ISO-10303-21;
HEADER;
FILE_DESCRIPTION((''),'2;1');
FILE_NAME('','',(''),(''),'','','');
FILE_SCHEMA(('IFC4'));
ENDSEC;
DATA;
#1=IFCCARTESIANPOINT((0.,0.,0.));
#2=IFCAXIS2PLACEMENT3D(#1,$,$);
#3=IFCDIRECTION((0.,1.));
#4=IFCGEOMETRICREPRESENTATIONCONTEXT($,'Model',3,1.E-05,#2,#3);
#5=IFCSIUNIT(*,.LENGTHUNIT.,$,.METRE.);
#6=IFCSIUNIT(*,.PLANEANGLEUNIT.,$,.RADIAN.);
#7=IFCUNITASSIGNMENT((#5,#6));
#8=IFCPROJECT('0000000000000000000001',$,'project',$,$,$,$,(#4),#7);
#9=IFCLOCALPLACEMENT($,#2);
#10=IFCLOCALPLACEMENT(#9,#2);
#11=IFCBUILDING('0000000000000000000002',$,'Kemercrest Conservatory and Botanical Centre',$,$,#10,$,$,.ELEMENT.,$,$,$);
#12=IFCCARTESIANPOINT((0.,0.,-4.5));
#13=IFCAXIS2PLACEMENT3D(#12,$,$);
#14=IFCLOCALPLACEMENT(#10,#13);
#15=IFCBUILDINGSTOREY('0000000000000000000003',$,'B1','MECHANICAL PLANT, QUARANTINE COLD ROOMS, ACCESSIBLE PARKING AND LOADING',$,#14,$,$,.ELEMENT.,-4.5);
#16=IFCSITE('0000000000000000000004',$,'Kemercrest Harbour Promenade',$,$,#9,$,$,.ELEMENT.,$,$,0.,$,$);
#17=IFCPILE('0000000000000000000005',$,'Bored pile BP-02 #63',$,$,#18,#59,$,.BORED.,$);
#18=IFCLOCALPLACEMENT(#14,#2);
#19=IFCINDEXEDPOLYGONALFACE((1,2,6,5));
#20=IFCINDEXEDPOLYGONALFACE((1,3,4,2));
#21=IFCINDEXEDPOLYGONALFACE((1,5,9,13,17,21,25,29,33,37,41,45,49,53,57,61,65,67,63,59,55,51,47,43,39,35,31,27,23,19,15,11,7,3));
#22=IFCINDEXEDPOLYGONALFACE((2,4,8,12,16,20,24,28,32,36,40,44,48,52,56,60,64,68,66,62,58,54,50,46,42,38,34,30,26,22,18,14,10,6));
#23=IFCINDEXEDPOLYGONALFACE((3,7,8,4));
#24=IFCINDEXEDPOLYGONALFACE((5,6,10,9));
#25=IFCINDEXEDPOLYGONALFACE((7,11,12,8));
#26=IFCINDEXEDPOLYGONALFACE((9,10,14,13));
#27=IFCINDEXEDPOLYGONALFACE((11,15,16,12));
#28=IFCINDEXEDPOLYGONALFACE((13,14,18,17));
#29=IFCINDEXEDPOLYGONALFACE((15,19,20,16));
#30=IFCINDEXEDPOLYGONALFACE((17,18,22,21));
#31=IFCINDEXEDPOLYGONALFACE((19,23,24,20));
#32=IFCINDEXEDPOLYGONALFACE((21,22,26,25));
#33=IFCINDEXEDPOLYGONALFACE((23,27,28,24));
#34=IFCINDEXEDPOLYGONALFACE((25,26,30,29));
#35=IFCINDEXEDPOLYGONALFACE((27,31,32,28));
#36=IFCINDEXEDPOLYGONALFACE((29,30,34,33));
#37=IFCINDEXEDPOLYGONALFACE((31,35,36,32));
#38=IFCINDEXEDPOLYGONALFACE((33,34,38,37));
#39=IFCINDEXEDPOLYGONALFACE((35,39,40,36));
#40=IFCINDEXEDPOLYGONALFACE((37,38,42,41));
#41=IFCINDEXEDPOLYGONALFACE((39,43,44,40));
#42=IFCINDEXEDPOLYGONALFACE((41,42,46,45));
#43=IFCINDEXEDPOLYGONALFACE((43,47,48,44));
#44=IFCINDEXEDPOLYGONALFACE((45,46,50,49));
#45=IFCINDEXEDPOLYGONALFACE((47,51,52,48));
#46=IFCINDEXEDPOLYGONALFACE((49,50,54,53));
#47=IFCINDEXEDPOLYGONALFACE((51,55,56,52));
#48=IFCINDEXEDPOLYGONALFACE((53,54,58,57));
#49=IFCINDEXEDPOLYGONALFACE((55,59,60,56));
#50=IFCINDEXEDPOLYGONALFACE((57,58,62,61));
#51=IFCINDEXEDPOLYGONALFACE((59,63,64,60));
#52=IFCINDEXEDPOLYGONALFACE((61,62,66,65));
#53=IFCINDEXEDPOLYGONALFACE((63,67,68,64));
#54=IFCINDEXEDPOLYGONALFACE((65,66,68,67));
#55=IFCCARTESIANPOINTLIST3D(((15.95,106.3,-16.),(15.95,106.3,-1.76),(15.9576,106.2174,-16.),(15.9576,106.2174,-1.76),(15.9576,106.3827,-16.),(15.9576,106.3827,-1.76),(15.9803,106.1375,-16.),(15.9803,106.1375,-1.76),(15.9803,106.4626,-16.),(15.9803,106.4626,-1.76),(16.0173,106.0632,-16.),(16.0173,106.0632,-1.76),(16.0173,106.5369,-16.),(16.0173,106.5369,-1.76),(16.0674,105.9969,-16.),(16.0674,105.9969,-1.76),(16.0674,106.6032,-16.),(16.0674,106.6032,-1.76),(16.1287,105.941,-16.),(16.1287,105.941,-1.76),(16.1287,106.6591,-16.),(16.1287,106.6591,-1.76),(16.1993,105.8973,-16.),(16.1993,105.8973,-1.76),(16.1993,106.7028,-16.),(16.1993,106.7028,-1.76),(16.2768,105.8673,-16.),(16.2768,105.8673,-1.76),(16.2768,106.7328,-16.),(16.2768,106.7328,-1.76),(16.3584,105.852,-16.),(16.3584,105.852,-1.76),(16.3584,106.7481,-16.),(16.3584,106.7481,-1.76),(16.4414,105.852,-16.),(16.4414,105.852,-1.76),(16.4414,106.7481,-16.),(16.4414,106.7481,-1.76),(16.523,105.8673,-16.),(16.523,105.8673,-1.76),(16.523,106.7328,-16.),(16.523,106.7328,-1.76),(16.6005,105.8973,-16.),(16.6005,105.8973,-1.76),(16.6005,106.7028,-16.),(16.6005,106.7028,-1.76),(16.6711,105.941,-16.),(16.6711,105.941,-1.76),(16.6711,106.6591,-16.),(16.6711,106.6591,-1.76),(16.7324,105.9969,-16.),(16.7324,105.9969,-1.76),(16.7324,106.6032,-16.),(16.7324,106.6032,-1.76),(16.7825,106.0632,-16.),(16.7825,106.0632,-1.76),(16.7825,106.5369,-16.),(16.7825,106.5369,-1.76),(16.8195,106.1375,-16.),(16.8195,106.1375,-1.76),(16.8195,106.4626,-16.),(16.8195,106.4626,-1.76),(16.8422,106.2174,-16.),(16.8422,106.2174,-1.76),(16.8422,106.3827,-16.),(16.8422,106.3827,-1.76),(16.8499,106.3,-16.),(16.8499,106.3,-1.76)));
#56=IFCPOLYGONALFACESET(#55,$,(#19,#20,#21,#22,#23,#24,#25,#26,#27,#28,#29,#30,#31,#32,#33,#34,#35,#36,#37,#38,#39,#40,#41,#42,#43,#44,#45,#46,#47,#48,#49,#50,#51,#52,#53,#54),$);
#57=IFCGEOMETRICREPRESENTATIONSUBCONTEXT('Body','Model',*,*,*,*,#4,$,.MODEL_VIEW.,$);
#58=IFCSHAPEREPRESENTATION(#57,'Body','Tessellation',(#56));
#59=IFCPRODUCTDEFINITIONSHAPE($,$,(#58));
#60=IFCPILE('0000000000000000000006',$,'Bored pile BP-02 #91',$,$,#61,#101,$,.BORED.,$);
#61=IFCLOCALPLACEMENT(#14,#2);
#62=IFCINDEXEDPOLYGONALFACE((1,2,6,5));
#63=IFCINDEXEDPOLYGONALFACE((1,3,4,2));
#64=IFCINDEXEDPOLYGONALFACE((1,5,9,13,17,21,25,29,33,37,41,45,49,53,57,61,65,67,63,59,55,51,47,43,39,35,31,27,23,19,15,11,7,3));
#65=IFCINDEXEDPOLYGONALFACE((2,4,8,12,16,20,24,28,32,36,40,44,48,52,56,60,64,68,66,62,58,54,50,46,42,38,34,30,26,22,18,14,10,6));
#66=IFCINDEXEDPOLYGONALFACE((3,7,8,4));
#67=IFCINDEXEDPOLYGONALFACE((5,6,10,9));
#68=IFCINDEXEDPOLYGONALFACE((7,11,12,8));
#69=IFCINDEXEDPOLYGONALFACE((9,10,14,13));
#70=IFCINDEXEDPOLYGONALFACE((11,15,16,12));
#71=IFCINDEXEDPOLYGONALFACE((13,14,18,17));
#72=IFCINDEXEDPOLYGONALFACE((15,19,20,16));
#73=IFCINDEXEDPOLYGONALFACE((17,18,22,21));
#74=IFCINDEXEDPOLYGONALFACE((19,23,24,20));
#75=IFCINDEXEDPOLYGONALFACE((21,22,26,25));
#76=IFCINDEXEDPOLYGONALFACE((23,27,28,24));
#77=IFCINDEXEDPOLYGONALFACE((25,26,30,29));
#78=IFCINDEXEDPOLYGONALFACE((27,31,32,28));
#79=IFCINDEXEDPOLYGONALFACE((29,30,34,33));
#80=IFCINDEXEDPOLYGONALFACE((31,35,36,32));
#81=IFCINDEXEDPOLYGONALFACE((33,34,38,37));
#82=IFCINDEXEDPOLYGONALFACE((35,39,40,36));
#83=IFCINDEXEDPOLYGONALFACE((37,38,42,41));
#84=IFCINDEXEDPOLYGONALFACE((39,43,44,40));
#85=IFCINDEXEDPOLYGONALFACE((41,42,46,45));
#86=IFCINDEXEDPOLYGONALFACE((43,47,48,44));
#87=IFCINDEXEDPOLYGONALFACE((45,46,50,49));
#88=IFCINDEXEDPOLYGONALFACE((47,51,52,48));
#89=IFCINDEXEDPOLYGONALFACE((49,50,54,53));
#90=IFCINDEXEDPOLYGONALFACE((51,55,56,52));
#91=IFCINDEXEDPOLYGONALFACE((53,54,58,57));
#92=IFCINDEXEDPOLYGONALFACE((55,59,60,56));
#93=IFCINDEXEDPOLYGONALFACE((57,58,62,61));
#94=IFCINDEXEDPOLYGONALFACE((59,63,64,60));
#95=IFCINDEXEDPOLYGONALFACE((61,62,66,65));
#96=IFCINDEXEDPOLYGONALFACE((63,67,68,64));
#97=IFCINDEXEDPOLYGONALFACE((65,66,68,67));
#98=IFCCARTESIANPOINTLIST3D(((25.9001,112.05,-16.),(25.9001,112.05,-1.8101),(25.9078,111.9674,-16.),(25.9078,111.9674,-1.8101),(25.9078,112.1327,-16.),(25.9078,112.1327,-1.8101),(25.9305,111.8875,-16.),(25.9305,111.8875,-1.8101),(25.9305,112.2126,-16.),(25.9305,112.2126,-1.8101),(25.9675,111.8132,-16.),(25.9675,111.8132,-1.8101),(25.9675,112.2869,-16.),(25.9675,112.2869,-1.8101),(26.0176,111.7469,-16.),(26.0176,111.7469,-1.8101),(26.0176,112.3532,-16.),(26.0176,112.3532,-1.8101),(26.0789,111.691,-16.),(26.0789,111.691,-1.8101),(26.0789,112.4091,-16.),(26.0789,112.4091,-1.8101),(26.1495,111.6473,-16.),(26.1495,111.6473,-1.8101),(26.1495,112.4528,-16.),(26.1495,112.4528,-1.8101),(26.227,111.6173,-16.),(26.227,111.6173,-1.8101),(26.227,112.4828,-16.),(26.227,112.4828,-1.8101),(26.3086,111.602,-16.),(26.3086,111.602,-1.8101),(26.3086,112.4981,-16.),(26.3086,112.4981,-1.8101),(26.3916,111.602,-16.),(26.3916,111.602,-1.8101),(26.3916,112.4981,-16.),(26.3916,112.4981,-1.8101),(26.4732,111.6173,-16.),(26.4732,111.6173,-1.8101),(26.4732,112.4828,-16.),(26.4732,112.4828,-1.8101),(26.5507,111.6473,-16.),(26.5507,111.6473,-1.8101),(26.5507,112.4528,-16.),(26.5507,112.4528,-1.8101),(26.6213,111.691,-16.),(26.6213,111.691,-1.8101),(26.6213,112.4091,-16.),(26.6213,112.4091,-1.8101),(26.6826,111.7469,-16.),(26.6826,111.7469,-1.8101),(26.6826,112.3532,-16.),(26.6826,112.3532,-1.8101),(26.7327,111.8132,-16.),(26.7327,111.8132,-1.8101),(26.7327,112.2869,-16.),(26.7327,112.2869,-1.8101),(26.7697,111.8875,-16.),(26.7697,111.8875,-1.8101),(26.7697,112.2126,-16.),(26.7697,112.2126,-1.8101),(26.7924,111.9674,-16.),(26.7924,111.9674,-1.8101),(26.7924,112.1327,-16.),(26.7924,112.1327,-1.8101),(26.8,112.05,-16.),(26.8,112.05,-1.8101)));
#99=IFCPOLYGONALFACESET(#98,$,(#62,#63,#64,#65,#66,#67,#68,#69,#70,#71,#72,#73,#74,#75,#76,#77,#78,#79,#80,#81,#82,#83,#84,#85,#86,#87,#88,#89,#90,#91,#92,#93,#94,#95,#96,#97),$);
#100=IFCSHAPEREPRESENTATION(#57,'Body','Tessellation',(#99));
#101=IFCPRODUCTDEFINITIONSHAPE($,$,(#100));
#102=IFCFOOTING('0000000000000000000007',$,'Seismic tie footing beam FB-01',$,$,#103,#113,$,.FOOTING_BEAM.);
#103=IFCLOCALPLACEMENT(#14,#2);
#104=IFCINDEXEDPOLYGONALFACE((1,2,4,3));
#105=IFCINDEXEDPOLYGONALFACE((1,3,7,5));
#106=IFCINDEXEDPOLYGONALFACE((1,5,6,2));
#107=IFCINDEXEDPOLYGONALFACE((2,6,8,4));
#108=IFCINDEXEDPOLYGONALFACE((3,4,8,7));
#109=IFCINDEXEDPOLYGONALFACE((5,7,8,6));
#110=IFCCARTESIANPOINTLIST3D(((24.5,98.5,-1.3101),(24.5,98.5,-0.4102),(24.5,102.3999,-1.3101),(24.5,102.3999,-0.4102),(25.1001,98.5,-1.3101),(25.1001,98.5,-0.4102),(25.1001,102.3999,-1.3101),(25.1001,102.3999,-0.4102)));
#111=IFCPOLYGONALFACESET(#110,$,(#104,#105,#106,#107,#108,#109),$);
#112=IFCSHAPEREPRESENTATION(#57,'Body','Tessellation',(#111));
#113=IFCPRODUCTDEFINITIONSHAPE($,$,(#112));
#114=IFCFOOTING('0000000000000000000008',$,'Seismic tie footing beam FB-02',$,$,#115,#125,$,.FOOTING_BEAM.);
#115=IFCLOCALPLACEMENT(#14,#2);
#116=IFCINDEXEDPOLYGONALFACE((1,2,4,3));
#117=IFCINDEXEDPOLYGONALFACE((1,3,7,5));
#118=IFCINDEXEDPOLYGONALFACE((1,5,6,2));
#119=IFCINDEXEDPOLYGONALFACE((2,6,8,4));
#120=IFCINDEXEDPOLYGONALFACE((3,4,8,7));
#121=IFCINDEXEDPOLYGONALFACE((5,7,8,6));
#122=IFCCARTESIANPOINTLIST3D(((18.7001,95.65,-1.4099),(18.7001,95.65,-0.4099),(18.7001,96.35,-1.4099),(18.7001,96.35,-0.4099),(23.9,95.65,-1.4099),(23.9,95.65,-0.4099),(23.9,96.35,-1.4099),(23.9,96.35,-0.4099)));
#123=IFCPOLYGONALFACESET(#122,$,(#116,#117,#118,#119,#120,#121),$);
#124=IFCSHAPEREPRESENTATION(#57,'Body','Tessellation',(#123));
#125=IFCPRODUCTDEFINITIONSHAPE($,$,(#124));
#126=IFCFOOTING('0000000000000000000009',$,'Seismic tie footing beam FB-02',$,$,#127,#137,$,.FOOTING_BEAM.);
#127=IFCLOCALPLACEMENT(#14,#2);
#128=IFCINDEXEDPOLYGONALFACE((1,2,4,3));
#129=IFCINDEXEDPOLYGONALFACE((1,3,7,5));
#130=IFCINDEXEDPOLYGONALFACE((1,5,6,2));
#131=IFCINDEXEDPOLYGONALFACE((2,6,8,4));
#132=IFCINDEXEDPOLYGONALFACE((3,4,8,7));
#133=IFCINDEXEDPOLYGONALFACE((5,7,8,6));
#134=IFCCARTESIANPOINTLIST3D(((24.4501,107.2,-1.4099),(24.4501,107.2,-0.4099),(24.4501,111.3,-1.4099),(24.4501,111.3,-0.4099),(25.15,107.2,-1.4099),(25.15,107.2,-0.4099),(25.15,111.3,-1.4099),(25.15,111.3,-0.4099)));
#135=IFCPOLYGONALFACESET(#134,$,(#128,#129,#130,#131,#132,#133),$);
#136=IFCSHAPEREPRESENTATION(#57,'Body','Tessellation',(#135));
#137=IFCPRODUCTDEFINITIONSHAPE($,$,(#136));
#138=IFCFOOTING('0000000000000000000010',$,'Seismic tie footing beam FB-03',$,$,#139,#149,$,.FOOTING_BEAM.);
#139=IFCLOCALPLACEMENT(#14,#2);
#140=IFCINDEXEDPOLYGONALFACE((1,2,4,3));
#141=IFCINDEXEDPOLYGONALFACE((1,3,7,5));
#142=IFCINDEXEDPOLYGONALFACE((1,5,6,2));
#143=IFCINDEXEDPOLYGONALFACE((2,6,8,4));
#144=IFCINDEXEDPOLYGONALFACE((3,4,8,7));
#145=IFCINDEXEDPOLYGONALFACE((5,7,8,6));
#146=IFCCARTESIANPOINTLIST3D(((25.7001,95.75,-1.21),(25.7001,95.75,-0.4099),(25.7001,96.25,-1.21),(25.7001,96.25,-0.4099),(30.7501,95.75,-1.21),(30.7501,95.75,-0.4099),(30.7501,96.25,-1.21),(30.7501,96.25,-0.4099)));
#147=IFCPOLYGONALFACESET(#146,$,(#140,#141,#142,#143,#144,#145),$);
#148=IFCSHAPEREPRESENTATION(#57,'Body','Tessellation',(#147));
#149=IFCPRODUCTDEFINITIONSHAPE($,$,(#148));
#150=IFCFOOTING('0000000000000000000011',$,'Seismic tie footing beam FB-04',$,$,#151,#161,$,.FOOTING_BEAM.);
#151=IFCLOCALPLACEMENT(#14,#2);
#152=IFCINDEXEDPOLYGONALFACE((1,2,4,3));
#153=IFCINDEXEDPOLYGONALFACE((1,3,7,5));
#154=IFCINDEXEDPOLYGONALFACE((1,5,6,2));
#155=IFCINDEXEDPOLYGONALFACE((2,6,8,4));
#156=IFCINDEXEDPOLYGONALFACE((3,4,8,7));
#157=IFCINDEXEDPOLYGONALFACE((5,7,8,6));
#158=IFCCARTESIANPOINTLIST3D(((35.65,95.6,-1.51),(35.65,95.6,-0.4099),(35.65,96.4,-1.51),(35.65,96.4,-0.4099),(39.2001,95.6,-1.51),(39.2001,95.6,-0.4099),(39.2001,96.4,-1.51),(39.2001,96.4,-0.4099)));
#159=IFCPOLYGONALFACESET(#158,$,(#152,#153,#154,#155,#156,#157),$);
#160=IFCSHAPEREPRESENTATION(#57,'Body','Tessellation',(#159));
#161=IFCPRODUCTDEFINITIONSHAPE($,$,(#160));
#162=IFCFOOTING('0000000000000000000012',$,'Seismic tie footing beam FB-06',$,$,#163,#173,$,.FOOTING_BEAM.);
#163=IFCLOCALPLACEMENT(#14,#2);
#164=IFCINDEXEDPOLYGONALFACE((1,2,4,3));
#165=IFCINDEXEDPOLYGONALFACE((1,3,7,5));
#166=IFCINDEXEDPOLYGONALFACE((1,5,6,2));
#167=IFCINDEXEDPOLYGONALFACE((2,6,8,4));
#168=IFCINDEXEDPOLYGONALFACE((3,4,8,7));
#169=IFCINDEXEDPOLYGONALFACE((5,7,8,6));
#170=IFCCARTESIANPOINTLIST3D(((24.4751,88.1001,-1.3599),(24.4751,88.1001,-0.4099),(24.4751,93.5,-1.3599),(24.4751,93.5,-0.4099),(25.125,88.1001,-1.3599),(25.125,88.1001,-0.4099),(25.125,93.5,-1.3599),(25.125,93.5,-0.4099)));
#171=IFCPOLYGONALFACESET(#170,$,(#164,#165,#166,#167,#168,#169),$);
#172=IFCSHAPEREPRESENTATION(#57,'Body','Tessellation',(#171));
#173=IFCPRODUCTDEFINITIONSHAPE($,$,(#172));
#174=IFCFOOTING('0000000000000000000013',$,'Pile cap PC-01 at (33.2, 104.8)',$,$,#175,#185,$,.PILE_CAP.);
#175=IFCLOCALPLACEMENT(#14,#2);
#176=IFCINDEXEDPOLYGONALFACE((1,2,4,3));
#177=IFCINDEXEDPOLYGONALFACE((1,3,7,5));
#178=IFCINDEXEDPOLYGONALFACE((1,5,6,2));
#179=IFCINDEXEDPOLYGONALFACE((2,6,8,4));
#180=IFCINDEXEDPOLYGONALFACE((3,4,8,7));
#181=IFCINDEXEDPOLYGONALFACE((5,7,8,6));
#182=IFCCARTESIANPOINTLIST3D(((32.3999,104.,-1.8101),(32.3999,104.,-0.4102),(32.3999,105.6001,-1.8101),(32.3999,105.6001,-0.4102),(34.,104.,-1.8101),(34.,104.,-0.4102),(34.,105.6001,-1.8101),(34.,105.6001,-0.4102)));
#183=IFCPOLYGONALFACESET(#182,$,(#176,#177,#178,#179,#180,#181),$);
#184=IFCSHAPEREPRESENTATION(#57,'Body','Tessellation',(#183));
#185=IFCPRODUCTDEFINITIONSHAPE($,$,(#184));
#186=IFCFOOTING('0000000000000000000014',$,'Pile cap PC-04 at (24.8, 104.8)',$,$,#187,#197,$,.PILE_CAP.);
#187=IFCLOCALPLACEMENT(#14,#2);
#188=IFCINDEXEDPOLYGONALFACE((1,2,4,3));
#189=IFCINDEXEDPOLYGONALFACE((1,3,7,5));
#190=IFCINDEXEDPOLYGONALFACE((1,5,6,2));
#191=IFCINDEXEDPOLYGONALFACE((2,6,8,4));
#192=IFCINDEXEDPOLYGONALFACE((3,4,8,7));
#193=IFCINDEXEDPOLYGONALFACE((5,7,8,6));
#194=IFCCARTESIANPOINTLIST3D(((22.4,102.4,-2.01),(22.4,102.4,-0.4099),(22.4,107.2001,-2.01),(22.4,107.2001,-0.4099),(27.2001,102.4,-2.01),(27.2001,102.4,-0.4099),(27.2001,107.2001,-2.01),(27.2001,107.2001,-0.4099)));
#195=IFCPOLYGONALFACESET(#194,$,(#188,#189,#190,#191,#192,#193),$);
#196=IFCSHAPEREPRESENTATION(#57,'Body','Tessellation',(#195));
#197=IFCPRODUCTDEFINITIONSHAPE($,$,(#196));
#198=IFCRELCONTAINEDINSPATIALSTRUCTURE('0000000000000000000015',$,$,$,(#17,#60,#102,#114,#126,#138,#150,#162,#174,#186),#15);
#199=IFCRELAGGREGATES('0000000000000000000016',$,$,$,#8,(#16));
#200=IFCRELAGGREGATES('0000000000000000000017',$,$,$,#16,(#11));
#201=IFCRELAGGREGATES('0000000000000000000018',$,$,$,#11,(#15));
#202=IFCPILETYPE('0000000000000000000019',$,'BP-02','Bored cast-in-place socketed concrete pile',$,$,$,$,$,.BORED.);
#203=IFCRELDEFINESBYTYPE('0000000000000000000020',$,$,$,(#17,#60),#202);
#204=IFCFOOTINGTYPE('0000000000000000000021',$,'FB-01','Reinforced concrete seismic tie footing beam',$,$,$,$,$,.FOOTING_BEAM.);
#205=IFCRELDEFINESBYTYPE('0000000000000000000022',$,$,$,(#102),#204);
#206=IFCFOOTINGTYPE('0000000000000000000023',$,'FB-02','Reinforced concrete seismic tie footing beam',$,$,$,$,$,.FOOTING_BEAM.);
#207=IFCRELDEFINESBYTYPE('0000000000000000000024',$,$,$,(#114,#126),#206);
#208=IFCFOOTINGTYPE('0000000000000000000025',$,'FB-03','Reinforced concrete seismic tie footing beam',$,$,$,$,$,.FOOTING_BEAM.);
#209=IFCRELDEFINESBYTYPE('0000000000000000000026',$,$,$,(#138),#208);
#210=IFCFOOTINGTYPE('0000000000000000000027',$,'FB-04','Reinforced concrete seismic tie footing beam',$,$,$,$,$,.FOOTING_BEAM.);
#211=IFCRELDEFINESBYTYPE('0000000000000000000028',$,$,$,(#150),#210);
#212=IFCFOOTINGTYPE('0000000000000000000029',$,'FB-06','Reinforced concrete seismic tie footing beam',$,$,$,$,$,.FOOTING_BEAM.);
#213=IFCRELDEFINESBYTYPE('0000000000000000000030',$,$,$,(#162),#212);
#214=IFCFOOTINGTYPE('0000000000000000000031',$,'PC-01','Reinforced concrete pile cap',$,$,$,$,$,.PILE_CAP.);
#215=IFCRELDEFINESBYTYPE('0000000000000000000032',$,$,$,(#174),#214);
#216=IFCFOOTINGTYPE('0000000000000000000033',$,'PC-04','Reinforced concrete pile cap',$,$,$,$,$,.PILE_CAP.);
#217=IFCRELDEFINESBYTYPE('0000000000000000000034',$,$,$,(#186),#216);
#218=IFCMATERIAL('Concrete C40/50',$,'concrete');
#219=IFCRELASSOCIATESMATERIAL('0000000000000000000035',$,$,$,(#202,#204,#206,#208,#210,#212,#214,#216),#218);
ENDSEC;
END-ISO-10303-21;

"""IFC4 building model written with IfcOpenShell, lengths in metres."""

from ifc_helpers import new_model, si_unit, direction, frame, origin, origin_2d, place, context, subcontext, project, spatial, rectangle, circle, extrude, material, material_profile, profile_set, type_object, element, save


model = new_model("IFC4")

# Units and contexts
model_context = context("Model", 3, precision=1e-05, world=origin(), true_north=direction((0.0, 1.0)))
body_context = subcontext(model_context, "Body", "Model", "MODEL_VIEW")
ifc_project = project(units=[si_unit("LENGTHUNIT", "METRE"), si_unit("PLANEANGLEUNIT", "RADIAN")], contexts=[model_context])

# Site, building, storey
site_placement = place(None, origin())
site = spatial("IfcSite", under=ifc_project, at=site_placement, Name="Kemercrest Harbour Promenade", CompositionType="ELEMENT", RefElevation=0.0)
building_placement = place(site_placement, origin())
building = spatial("IfcBuilding", under=site, at=building_placement, Name="Kemercrest Conservatory and Botanical Centre", CompositionType="ELEMENT")
storey_placement = place(building_placement, frame((0.0, 0.0, -4.5)))
storey = spatial("IfcBuildingStorey", under=building, at=storey_placement, Name="B1", Description="MECHANICAL PLANT, QUARANTINE COLD ROOMS, ACCESSIBLE PARKING AND LOADING", CompositionType="ELEMENT", Elevation=-4.5)

# Piles
ifc_material_1 = material(Name="Concrete C40/50", Category="concrete")
ifc_material_profile_1 = material_profile(ifc_material_1, circle(Radius=0.45, at=origin_2d()), Name="BORED PILE 900")
ifc_profile_set_1 = profile_set([ifc_material_profile_1], Name="Concrete C40/50")
pile_type_1 = type_object("IfcPileType", Name="BP-02", Description="Bored cast-in-place socketed concrete pile", PredefinedType="BORED", material=ifc_profile_set_1)
for number, where, z_axis, x_axis, name in (
    (1, (16.3999, 106.3, -1.76), (0.0, 0.0, -1.0), (1.0, 0.0, 0.0), "Bored pile BP-02 #63"),
):
    element("IfcPile", number, at=place(storey_placement, frame(where, z_axis=z_axis, x_axis=x_axis)), inside=storey, type_object=pile_type_1, Name=name, PredefinedType="BORED", context=body_context, shape_type="SweptSolid", body=[
        extrude(circle(Radius=0.45, at=origin_2d()), origin(), (0.0, 0.0, 1.0), 14.24),
    ])
pile_1_placement = place(storey_placement, frame((26.3501, 112.05, -1.8101), z_axis=(0.0, 0.0, -1.0), x_axis=(1.0, 0.0, 0.0)))
element("IfcPile", 2, at=pile_1_placement, inside=storey, type_object=pile_type_1, Name="Bored pile BP-02 #91", PredefinedType="BORED", context=body_context, shape_type="SweptSolid", body=[
    extrude(circle(Radius=0.45, at=origin_2d()), origin(), (0.0, 0.0, 1.0), 14.1899),
])

# Footings
footing_type_1 = type_object("IfcFootingType", Name="FB-01", Description="Reinforced concrete seismic tie footing beam", PredefinedType="FOOTING_BEAM", material=ifc_material_1)
footing_1_placement = place(storey_placement, frame((24.8, 100.45, -1.3101), z_axis=(0.0, 0.0, 1.0), x_axis=(1.0, 0.0, 0.0)))
element("IfcFooting", 3, at=footing_1_placement, inside=storey, type_object=footing_type_1, Name="Seismic tie footing beam FB-01", PredefinedType="FOOTING_BEAM", context=body_context, shape_type="SweptSolid", body=[
    extrude(rectangle(XDim=0.6001, YDim=3.8999, at=origin_2d()), origin(), (0.0, 0.0, 1.0), 0.8999),
])
footing_type_2 = type_object("IfcFootingType", Name="FB-02", Description="Reinforced concrete seismic tie footing beam", PredefinedType="FOOTING_BEAM", material=ifc_material_1)
footing_2_placement = place(storey_placement, frame((21.3, 96.0, -1.4099), z_axis=(0.0, 0.0, 1.0), x_axis=(1.0, 0.0, 0.0)))
element("IfcFooting", 4, at=footing_2_placement, inside=storey, type_object=footing_type_2, Name="Seismic tie footing beam FB-02", PredefinedType="FOOTING_BEAM", context=body_context, shape_type="SweptSolid", body=[
    extrude(rectangle(XDim=5.2, YDim=0.7, at=origin_2d()), origin(), (0.0, 0.0, 1.0), 1.0),
])
footing_3_placement = place(storey_placement, frame((24.8, 109.25, -1.4099), z_axis=(0.0, 0.0, 1.0), x_axis=(1.0, 0.0, 0.0)))
element("IfcFooting", 5, at=footing_3_placement, inside=storey, type_object=footing_type_2, Name="Seismic tie footing beam FB-02", PredefinedType="FOOTING_BEAM", context=body_context, shape_type="SweptSolid", body=[
    extrude(rectangle(XDim=0.7, YDim=4.1001, at=origin_2d()), origin(), (0.0, 0.0, 1.0), 1.0),
])
footing_type_3 = type_object("IfcFootingType", Name="FB-03", Description="Reinforced concrete seismic tie footing beam", PredefinedType="FOOTING_BEAM", material=ifc_material_1)
footing_4_placement = place(storey_placement, frame((28.2251, 96.0, -1.21), z_axis=(0.0, 0.0, 1.0), x_axis=(1.0, 0.0, 0.0)))
element("IfcFooting", 6, at=footing_4_placement, inside=storey, type_object=footing_type_3, Name="Seismic tie footing beam FB-03", PredefinedType="FOOTING_BEAM", context=body_context, shape_type="SweptSolid", body=[
    extrude(rectangle(XDim=5.05, YDim=0.5, at=origin_2d()), origin(), (0.0, 0.0, 1.0), 0.8),
])
footing_type_4 = type_object("IfcFootingType", Name="FB-04", Description="Reinforced concrete seismic tie footing beam", PredefinedType="FOOTING_BEAM", material=ifc_material_1)
footing_5_placement = place(storey_placement, frame((37.425, 96.0, -1.51), z_axis=(0.0, 0.0, 1.0), x_axis=(1.0, 0.0, 0.0)))
element("IfcFooting", 7, at=footing_5_placement, inside=storey, type_object=footing_type_4, Name="Seismic tie footing beam FB-04", PredefinedType="FOOTING_BEAM", context=body_context, shape_type="SweptSolid", body=[
    extrude(rectangle(XDim=3.55, YDim=0.8, at=origin_2d()), origin(), (0.0, 0.0, 1.0), 1.1001),
])
footing_type_5 = type_object("IfcFootingType", Name="FB-06", Description="Reinforced concrete seismic tie footing beam", PredefinedType="FOOTING_BEAM", material=ifc_material_1)
footing_6_placement = place(storey_placement, frame((24.8, 90.8, -1.3599), z_axis=(0.0, 0.0, 1.0), x_axis=(1.0, 0.0, 0.0)))
element("IfcFooting", 8, at=footing_6_placement, inside=storey, type_object=footing_type_5, Name="Seismic tie footing beam FB-06", PredefinedType="FOOTING_BEAM", context=body_context, shape_type="SweptSolid", body=[
    extrude(rectangle(XDim=0.6499, YDim=5.3999, at=origin_2d()), origin(), (0.0, 0.0, 1.0), 0.95),
])
footing_type_6 = type_object("IfcFootingType", Name="PC-01", Description="Reinforced concrete pile cap", PredefinedType="PILE_CAP", material=ifc_material_1)
footing_7_placement = place(storey_placement, frame((33.2, 104.8, -1.8101), z_axis=(0.0, 0.0, 1.0), x_axis=(1.0, 0.0, 0.0)))
element("IfcFooting", 9, at=footing_7_placement, inside=storey, type_object=footing_type_6, Name="Pile cap PC-01 at (33.2, 104.8)", PredefinedType="PILE_CAP", context=body_context, shape_type="SweptSolid", body=[
    extrude(rectangle(XDim=1.6001, YDim=1.6001, at=origin_2d()), origin(), (0.0, 0.0, 1.0), 1.3999),
])
footing_type_7 = type_object("IfcFootingType", Name="PC-04", Description="Reinforced concrete pile cap", PredefinedType="PILE_CAP", material=ifc_material_1)
footing_8_placement = place(storey_placement, frame((24.8, 104.8, -2.01), z_axis=(0.0, 0.0, 1.0), x_axis=(1.0, 0.0, 0.0)))
element("IfcFooting", 10, at=footing_8_placement, inside=storey, type_object=footing_type_7, Name="Pile cap PC-04 at (24.8, 104.8)", PredefinedType="PILE_CAP", context=body_context, shape_type="SweptSolid", body=[
    extrude(rectangle(XDim=4.8, YDim=4.8, at=origin_2d()), origin(), (0.0, 0.0, 1.0), 1.6001),
])

save(model, "model.ifc")
